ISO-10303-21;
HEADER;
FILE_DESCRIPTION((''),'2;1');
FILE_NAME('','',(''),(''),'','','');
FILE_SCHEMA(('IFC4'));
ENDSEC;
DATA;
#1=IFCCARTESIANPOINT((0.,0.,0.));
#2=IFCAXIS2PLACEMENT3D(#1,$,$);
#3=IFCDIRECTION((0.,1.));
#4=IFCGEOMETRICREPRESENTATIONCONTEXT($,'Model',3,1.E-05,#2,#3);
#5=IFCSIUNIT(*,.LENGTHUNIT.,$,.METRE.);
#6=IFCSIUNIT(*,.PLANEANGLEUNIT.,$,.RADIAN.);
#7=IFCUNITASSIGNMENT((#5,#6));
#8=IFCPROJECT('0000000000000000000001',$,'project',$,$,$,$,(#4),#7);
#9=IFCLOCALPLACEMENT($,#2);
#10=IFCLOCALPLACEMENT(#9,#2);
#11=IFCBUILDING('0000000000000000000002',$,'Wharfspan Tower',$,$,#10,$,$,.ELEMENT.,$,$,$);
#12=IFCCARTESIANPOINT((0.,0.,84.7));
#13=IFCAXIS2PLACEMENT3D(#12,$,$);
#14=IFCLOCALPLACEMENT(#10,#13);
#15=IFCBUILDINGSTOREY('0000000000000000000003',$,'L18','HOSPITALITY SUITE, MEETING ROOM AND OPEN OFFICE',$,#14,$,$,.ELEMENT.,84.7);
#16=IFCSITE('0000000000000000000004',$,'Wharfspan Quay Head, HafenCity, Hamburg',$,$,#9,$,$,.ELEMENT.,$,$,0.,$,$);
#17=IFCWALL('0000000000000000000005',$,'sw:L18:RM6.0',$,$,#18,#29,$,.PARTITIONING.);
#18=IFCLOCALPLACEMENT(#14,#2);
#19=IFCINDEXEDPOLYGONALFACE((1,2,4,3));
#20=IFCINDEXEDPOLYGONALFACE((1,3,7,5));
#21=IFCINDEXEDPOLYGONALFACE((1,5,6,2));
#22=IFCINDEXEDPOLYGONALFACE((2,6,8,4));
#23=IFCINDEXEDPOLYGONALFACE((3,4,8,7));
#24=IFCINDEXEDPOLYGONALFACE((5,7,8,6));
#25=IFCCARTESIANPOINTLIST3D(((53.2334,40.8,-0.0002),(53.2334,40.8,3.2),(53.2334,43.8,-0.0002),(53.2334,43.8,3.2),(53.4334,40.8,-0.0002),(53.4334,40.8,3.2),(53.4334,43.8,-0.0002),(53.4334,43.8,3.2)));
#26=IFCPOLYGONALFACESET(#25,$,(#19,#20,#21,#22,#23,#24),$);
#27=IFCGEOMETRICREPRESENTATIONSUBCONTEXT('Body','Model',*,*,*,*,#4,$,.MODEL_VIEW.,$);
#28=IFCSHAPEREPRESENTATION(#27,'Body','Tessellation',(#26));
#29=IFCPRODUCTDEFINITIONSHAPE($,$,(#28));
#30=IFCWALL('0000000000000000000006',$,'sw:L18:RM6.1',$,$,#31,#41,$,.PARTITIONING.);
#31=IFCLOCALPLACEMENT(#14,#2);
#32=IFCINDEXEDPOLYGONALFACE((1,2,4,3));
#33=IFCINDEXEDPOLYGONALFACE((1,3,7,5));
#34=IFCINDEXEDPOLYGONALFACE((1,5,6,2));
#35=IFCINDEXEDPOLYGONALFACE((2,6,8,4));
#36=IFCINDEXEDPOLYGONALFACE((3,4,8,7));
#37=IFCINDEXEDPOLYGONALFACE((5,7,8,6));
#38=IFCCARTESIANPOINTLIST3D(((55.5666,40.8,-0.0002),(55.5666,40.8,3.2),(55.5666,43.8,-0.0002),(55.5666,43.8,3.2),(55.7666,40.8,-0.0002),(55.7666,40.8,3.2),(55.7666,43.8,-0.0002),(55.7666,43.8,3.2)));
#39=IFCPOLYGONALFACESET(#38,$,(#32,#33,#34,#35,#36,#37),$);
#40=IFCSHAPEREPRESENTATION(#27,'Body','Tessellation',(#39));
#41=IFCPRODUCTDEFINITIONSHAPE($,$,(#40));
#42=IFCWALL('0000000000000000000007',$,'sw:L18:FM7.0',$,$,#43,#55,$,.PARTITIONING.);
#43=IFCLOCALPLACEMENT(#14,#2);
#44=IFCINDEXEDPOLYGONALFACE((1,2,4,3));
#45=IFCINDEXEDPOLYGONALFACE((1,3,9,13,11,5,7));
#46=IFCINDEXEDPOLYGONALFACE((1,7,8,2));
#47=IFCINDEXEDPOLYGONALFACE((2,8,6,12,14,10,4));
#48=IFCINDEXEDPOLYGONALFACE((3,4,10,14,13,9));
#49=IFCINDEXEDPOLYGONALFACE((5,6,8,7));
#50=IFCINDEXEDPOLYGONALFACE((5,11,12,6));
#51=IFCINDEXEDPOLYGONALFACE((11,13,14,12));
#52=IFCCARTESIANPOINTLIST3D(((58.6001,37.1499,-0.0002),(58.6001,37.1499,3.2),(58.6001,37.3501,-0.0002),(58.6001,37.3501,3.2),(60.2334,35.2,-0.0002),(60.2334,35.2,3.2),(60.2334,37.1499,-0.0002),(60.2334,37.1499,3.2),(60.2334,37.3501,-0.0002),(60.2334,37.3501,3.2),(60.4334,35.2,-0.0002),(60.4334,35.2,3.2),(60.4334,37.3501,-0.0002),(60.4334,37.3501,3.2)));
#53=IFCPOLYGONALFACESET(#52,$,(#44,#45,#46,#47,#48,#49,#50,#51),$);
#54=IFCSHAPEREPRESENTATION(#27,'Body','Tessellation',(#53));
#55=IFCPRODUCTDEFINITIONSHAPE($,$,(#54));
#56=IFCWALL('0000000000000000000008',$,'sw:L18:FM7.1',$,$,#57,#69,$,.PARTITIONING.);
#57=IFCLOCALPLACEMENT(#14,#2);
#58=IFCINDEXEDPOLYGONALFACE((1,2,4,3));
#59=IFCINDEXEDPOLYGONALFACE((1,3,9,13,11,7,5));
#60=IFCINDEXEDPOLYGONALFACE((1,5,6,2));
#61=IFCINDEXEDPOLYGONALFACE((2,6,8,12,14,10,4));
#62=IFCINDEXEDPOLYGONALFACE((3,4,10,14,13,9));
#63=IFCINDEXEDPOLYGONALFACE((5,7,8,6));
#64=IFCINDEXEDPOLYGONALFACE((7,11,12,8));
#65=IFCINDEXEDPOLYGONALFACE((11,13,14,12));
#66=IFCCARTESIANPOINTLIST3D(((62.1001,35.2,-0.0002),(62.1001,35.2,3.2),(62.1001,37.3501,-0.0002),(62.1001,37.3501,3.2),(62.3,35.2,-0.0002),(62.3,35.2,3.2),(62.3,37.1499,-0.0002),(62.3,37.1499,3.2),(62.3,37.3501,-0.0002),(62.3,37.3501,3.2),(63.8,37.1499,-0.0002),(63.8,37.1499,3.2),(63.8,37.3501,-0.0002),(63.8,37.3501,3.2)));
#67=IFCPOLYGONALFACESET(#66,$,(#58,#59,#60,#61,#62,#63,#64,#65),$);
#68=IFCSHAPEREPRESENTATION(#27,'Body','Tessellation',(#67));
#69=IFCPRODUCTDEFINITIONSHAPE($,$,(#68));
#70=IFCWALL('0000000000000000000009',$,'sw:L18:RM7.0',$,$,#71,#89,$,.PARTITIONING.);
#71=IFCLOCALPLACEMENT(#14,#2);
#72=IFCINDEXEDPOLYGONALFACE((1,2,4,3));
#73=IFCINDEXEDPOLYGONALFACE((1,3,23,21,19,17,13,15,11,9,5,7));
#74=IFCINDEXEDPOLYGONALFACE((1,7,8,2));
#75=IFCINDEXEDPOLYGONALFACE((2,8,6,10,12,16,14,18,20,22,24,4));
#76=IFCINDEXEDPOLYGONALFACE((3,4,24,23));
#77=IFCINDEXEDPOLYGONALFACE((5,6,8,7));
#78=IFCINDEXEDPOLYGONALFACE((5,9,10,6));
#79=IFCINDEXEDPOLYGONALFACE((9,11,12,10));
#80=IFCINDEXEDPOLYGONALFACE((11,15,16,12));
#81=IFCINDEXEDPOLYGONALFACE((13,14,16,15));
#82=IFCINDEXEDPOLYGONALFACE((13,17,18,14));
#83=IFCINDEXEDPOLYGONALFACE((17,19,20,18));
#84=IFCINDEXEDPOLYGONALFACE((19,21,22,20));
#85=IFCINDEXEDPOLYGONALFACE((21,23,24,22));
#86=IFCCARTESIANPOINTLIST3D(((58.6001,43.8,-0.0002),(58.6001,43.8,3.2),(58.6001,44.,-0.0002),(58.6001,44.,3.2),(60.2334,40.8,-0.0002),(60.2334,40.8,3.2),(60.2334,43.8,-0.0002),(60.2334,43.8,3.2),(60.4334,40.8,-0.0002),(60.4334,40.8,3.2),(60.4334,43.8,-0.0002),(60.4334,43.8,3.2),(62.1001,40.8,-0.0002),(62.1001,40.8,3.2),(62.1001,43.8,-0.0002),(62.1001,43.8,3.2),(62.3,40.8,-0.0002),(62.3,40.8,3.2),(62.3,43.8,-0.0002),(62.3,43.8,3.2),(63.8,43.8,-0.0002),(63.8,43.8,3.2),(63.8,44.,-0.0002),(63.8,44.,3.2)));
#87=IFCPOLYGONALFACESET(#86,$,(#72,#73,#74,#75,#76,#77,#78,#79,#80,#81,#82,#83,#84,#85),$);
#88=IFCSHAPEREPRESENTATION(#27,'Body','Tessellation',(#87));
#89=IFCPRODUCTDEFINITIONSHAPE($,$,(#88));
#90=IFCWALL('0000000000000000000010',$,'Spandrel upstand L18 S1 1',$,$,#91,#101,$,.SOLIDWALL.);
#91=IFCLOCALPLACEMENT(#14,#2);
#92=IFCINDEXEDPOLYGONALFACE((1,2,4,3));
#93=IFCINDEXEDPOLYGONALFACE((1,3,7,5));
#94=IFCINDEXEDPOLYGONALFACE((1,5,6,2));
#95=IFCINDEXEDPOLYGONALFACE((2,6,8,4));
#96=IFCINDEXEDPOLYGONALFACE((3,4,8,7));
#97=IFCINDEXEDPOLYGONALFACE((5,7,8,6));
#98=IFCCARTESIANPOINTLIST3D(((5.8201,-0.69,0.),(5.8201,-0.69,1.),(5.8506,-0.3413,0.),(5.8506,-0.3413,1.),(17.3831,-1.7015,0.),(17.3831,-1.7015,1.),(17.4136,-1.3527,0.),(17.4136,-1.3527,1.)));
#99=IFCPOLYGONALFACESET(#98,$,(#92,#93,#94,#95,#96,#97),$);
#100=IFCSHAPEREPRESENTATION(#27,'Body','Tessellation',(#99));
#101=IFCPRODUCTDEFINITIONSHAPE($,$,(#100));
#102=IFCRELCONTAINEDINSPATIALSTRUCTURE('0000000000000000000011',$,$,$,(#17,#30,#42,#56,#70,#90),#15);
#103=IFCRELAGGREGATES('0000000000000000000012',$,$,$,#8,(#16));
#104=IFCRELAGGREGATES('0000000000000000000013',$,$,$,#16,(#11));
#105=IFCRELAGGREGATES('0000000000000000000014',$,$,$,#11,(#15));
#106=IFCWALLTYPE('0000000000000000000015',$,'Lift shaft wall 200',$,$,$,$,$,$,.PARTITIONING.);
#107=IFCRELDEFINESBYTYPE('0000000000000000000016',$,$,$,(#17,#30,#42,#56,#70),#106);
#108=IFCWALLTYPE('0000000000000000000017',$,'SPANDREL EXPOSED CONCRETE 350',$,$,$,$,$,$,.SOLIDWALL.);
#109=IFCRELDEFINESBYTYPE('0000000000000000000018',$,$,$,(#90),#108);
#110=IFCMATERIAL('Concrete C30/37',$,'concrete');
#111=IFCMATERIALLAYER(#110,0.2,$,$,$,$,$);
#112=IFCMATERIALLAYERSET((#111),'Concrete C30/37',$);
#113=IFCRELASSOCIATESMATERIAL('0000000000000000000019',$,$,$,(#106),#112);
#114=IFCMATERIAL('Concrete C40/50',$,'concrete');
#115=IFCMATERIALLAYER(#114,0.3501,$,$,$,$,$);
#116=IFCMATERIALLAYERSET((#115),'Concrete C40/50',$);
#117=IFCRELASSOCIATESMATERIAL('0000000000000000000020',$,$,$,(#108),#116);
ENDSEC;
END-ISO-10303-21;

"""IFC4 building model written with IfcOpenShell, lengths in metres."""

from ifc_helpers import new_model, si_unit, direction, frame, frame_2d, origin, place, context, subcontext, project, spatial, polyline, rectangle, outline, extrude, material, layer, layer_set, type_object, element, save


model = new_model("IFC4")

# Units and contexts
model_context = context("Model", 3, precision=1e-05, world=origin(), true_north=direction((0.0, 1.0)))
body_context = subcontext(model_context, "Body", "Model", "MODEL_VIEW")
ifc_project = project(units=[si_unit("LENGTHUNIT", "METRE"), si_unit("PLANEANGLEUNIT", "RADIAN")], contexts=[model_context])

# Site, building, storey
site_placement = place(None, origin())
site = spatial("IfcSite", under=ifc_project, at=site_placement, Name="Wharfspan Quay Head, HafenCity, Hamburg", CompositionType="ELEMENT", RefElevation=0.0)
building_placement = place(site_placement, origin())
building = spatial("IfcBuilding", under=site, at=building_placement, Name="Wharfspan Tower", CompositionType="ELEMENT")
storey_placement = place(building_placement, frame((0.0, 0.0, 84.7)))
storey = spatial("IfcBuildingStorey", under=building, at=storey_placement, Name="L18", Description="HOSPITALITY SUITE, MEETING ROOM AND OPEN OFFICE", CompositionType="ELEMENT", Elevation=84.7)

# Shared definitions
ifc_material_1 = material(Name="Concrete C40/50", Category="concrete")

# Walls
ifc_material_2 = material(Name="Concrete C30/37", Category="concrete")
ifc_layer_1 = layer(ifc_material_2, 0.2)
ifc_layer_set_1 = layer_set([ifc_layer_1], Name="Concrete C30/37")
wall_type_1 = type_object("IfcWallType", Name="Lift shaft wall 200", PredefinedType="PARTITIONING", material=ifc_layer_set_1)
wall_1_placement = place(storey_placement, frame((0.0, 0.0, -0.0002)))
element("IfcWall", 1, at=wall_1_placement, inside=storey, type_object=wall_type_1, Name="sw:L18:RM6.0", PredefinedType="PARTITIONING", context=body_context, shape_type="SweptSolid", body=[
    extrude(outline(polyline([(53.2334, 40.8), (53.2334, 43.8), (53.4333, 43.8), (53.4333, 40.8), (53.2334, 40.8)])), origin(), (0.0, 0.0, 1.0), 3.2002),
])
wall_2_placement = place(storey_placement, frame((0.0, 0.0, -0.0002)))
element("IfcWall", 2, at=wall_2_placement, inside=storey, type_object=wall_type_1, Name="sw:L18:RM6.1", PredefinedType="PARTITIONING", context=body_context, shape_type="SweptSolid", body=[
    extrude(outline(polyline([(55.5667, 40.8), (55.5667, 43.8), (55.7666, 43.8), (55.7666, 40.8), (55.5667, 40.8)])), origin(), (0.0, 0.0, 1.0), 3.2002),
])
wall_3_placement = place(storey_placement, frame((0.0, 0.0, -0.0002)))
element("IfcWall", 3, at=wall_3_placement, inside=storey, type_object=wall_type_1, Name="sw:L18:FM7.0", PredefinedType="PARTITIONING", context=body_context, shape_type="SweptSolid", body=[
    extrude(outline(polyline([(60.2334, 37.1499), (58.6001, 37.1499), (58.6001, 37.3501), (60.2334, 37.3501), (60.4333, 37.3501), (60.4333, 35.2), (60.2334, 35.2), (60.2334, 37.1499)])), origin(), (0.0, 0.0, 1.0), 3.2002),
])
wall_4_placement = place(storey_placement, frame((0.0, 0.0, -0.0002)))
element("IfcWall", 4, at=wall_4_placement, inside=storey, type_object=wall_type_1, Name="sw:L18:FM7.1", PredefinedType="PARTITIONING", context=body_context, shape_type="SweptSolid", body=[
    extrude(outline(polyline([(62.1001, 37.3501), (62.3, 37.3501), (63.8, 37.3501), (63.8, 37.1499), (62.3, 37.1499), (62.3, 35.2), (62.1001, 35.2), (62.1001, 37.3501)])), origin(), (0.0, 0.0, 1.0), 3.2002),
])
wall_5_placement = place(storey_placement, frame((0.0, 0.0, -0.0002)))
element("IfcWall", 5, at=wall_5_placement, inside=storey, type_object=wall_type_1, Name="sw:L18:RM7.0", PredefinedType="PARTITIONING", context=body_context, shape_type="SweptSolid", body=[
    extrude(outline(polyline([(60.4333, 40.8), (60.2334, 40.8), (60.2334, 43.8), (58.6001, 43.8), (58.6001, 44.0), (63.8, 44.0), (63.8, 43.8), (62.3, 43.8), (62.3, 40.8), (62.1001, 40.8), (62.1001, 43.8), (60.4333, 43.8), (60.4333, 40.8)])), origin(), (0.0, 0.0, 1.0), 3.2002),
])
ifc_layer_2 = layer(ifc_material_1, 0.3501)
ifc_layer_set_2 = layer_set([ifc_layer_2], Name="Concrete C40/50")
wall_type_2 = type_object("IfcWallType", Name="SPANDREL EXPOSED CONCRETE 350", PredefinedType="SOLIDWALL", material=ifc_layer_set_2)
wall_6_placement = place(storey_placement, frame((5.8352, -0.5156, 0.0), z_axis=(0.0, 0.0, 1.0), x_axis=(0.996192, -0.087142, 0.0)))
element("IfcWall", 6, at=wall_6_placement, inside=storey, type_object=wall_type_2, Name="Spandrel upstand L18 S1 1", PredefinedType="SOLIDWALL", context=body_context, shape_type="SweptSolid", body=[
    extrude(rectangle(XDim=11.6072, YDim=0.3501, at=frame_2d((5.8037, 0.0))), origin(), (0.0, 0.0, 1.0), 1.0),
])

save(model, "model.ifc")
